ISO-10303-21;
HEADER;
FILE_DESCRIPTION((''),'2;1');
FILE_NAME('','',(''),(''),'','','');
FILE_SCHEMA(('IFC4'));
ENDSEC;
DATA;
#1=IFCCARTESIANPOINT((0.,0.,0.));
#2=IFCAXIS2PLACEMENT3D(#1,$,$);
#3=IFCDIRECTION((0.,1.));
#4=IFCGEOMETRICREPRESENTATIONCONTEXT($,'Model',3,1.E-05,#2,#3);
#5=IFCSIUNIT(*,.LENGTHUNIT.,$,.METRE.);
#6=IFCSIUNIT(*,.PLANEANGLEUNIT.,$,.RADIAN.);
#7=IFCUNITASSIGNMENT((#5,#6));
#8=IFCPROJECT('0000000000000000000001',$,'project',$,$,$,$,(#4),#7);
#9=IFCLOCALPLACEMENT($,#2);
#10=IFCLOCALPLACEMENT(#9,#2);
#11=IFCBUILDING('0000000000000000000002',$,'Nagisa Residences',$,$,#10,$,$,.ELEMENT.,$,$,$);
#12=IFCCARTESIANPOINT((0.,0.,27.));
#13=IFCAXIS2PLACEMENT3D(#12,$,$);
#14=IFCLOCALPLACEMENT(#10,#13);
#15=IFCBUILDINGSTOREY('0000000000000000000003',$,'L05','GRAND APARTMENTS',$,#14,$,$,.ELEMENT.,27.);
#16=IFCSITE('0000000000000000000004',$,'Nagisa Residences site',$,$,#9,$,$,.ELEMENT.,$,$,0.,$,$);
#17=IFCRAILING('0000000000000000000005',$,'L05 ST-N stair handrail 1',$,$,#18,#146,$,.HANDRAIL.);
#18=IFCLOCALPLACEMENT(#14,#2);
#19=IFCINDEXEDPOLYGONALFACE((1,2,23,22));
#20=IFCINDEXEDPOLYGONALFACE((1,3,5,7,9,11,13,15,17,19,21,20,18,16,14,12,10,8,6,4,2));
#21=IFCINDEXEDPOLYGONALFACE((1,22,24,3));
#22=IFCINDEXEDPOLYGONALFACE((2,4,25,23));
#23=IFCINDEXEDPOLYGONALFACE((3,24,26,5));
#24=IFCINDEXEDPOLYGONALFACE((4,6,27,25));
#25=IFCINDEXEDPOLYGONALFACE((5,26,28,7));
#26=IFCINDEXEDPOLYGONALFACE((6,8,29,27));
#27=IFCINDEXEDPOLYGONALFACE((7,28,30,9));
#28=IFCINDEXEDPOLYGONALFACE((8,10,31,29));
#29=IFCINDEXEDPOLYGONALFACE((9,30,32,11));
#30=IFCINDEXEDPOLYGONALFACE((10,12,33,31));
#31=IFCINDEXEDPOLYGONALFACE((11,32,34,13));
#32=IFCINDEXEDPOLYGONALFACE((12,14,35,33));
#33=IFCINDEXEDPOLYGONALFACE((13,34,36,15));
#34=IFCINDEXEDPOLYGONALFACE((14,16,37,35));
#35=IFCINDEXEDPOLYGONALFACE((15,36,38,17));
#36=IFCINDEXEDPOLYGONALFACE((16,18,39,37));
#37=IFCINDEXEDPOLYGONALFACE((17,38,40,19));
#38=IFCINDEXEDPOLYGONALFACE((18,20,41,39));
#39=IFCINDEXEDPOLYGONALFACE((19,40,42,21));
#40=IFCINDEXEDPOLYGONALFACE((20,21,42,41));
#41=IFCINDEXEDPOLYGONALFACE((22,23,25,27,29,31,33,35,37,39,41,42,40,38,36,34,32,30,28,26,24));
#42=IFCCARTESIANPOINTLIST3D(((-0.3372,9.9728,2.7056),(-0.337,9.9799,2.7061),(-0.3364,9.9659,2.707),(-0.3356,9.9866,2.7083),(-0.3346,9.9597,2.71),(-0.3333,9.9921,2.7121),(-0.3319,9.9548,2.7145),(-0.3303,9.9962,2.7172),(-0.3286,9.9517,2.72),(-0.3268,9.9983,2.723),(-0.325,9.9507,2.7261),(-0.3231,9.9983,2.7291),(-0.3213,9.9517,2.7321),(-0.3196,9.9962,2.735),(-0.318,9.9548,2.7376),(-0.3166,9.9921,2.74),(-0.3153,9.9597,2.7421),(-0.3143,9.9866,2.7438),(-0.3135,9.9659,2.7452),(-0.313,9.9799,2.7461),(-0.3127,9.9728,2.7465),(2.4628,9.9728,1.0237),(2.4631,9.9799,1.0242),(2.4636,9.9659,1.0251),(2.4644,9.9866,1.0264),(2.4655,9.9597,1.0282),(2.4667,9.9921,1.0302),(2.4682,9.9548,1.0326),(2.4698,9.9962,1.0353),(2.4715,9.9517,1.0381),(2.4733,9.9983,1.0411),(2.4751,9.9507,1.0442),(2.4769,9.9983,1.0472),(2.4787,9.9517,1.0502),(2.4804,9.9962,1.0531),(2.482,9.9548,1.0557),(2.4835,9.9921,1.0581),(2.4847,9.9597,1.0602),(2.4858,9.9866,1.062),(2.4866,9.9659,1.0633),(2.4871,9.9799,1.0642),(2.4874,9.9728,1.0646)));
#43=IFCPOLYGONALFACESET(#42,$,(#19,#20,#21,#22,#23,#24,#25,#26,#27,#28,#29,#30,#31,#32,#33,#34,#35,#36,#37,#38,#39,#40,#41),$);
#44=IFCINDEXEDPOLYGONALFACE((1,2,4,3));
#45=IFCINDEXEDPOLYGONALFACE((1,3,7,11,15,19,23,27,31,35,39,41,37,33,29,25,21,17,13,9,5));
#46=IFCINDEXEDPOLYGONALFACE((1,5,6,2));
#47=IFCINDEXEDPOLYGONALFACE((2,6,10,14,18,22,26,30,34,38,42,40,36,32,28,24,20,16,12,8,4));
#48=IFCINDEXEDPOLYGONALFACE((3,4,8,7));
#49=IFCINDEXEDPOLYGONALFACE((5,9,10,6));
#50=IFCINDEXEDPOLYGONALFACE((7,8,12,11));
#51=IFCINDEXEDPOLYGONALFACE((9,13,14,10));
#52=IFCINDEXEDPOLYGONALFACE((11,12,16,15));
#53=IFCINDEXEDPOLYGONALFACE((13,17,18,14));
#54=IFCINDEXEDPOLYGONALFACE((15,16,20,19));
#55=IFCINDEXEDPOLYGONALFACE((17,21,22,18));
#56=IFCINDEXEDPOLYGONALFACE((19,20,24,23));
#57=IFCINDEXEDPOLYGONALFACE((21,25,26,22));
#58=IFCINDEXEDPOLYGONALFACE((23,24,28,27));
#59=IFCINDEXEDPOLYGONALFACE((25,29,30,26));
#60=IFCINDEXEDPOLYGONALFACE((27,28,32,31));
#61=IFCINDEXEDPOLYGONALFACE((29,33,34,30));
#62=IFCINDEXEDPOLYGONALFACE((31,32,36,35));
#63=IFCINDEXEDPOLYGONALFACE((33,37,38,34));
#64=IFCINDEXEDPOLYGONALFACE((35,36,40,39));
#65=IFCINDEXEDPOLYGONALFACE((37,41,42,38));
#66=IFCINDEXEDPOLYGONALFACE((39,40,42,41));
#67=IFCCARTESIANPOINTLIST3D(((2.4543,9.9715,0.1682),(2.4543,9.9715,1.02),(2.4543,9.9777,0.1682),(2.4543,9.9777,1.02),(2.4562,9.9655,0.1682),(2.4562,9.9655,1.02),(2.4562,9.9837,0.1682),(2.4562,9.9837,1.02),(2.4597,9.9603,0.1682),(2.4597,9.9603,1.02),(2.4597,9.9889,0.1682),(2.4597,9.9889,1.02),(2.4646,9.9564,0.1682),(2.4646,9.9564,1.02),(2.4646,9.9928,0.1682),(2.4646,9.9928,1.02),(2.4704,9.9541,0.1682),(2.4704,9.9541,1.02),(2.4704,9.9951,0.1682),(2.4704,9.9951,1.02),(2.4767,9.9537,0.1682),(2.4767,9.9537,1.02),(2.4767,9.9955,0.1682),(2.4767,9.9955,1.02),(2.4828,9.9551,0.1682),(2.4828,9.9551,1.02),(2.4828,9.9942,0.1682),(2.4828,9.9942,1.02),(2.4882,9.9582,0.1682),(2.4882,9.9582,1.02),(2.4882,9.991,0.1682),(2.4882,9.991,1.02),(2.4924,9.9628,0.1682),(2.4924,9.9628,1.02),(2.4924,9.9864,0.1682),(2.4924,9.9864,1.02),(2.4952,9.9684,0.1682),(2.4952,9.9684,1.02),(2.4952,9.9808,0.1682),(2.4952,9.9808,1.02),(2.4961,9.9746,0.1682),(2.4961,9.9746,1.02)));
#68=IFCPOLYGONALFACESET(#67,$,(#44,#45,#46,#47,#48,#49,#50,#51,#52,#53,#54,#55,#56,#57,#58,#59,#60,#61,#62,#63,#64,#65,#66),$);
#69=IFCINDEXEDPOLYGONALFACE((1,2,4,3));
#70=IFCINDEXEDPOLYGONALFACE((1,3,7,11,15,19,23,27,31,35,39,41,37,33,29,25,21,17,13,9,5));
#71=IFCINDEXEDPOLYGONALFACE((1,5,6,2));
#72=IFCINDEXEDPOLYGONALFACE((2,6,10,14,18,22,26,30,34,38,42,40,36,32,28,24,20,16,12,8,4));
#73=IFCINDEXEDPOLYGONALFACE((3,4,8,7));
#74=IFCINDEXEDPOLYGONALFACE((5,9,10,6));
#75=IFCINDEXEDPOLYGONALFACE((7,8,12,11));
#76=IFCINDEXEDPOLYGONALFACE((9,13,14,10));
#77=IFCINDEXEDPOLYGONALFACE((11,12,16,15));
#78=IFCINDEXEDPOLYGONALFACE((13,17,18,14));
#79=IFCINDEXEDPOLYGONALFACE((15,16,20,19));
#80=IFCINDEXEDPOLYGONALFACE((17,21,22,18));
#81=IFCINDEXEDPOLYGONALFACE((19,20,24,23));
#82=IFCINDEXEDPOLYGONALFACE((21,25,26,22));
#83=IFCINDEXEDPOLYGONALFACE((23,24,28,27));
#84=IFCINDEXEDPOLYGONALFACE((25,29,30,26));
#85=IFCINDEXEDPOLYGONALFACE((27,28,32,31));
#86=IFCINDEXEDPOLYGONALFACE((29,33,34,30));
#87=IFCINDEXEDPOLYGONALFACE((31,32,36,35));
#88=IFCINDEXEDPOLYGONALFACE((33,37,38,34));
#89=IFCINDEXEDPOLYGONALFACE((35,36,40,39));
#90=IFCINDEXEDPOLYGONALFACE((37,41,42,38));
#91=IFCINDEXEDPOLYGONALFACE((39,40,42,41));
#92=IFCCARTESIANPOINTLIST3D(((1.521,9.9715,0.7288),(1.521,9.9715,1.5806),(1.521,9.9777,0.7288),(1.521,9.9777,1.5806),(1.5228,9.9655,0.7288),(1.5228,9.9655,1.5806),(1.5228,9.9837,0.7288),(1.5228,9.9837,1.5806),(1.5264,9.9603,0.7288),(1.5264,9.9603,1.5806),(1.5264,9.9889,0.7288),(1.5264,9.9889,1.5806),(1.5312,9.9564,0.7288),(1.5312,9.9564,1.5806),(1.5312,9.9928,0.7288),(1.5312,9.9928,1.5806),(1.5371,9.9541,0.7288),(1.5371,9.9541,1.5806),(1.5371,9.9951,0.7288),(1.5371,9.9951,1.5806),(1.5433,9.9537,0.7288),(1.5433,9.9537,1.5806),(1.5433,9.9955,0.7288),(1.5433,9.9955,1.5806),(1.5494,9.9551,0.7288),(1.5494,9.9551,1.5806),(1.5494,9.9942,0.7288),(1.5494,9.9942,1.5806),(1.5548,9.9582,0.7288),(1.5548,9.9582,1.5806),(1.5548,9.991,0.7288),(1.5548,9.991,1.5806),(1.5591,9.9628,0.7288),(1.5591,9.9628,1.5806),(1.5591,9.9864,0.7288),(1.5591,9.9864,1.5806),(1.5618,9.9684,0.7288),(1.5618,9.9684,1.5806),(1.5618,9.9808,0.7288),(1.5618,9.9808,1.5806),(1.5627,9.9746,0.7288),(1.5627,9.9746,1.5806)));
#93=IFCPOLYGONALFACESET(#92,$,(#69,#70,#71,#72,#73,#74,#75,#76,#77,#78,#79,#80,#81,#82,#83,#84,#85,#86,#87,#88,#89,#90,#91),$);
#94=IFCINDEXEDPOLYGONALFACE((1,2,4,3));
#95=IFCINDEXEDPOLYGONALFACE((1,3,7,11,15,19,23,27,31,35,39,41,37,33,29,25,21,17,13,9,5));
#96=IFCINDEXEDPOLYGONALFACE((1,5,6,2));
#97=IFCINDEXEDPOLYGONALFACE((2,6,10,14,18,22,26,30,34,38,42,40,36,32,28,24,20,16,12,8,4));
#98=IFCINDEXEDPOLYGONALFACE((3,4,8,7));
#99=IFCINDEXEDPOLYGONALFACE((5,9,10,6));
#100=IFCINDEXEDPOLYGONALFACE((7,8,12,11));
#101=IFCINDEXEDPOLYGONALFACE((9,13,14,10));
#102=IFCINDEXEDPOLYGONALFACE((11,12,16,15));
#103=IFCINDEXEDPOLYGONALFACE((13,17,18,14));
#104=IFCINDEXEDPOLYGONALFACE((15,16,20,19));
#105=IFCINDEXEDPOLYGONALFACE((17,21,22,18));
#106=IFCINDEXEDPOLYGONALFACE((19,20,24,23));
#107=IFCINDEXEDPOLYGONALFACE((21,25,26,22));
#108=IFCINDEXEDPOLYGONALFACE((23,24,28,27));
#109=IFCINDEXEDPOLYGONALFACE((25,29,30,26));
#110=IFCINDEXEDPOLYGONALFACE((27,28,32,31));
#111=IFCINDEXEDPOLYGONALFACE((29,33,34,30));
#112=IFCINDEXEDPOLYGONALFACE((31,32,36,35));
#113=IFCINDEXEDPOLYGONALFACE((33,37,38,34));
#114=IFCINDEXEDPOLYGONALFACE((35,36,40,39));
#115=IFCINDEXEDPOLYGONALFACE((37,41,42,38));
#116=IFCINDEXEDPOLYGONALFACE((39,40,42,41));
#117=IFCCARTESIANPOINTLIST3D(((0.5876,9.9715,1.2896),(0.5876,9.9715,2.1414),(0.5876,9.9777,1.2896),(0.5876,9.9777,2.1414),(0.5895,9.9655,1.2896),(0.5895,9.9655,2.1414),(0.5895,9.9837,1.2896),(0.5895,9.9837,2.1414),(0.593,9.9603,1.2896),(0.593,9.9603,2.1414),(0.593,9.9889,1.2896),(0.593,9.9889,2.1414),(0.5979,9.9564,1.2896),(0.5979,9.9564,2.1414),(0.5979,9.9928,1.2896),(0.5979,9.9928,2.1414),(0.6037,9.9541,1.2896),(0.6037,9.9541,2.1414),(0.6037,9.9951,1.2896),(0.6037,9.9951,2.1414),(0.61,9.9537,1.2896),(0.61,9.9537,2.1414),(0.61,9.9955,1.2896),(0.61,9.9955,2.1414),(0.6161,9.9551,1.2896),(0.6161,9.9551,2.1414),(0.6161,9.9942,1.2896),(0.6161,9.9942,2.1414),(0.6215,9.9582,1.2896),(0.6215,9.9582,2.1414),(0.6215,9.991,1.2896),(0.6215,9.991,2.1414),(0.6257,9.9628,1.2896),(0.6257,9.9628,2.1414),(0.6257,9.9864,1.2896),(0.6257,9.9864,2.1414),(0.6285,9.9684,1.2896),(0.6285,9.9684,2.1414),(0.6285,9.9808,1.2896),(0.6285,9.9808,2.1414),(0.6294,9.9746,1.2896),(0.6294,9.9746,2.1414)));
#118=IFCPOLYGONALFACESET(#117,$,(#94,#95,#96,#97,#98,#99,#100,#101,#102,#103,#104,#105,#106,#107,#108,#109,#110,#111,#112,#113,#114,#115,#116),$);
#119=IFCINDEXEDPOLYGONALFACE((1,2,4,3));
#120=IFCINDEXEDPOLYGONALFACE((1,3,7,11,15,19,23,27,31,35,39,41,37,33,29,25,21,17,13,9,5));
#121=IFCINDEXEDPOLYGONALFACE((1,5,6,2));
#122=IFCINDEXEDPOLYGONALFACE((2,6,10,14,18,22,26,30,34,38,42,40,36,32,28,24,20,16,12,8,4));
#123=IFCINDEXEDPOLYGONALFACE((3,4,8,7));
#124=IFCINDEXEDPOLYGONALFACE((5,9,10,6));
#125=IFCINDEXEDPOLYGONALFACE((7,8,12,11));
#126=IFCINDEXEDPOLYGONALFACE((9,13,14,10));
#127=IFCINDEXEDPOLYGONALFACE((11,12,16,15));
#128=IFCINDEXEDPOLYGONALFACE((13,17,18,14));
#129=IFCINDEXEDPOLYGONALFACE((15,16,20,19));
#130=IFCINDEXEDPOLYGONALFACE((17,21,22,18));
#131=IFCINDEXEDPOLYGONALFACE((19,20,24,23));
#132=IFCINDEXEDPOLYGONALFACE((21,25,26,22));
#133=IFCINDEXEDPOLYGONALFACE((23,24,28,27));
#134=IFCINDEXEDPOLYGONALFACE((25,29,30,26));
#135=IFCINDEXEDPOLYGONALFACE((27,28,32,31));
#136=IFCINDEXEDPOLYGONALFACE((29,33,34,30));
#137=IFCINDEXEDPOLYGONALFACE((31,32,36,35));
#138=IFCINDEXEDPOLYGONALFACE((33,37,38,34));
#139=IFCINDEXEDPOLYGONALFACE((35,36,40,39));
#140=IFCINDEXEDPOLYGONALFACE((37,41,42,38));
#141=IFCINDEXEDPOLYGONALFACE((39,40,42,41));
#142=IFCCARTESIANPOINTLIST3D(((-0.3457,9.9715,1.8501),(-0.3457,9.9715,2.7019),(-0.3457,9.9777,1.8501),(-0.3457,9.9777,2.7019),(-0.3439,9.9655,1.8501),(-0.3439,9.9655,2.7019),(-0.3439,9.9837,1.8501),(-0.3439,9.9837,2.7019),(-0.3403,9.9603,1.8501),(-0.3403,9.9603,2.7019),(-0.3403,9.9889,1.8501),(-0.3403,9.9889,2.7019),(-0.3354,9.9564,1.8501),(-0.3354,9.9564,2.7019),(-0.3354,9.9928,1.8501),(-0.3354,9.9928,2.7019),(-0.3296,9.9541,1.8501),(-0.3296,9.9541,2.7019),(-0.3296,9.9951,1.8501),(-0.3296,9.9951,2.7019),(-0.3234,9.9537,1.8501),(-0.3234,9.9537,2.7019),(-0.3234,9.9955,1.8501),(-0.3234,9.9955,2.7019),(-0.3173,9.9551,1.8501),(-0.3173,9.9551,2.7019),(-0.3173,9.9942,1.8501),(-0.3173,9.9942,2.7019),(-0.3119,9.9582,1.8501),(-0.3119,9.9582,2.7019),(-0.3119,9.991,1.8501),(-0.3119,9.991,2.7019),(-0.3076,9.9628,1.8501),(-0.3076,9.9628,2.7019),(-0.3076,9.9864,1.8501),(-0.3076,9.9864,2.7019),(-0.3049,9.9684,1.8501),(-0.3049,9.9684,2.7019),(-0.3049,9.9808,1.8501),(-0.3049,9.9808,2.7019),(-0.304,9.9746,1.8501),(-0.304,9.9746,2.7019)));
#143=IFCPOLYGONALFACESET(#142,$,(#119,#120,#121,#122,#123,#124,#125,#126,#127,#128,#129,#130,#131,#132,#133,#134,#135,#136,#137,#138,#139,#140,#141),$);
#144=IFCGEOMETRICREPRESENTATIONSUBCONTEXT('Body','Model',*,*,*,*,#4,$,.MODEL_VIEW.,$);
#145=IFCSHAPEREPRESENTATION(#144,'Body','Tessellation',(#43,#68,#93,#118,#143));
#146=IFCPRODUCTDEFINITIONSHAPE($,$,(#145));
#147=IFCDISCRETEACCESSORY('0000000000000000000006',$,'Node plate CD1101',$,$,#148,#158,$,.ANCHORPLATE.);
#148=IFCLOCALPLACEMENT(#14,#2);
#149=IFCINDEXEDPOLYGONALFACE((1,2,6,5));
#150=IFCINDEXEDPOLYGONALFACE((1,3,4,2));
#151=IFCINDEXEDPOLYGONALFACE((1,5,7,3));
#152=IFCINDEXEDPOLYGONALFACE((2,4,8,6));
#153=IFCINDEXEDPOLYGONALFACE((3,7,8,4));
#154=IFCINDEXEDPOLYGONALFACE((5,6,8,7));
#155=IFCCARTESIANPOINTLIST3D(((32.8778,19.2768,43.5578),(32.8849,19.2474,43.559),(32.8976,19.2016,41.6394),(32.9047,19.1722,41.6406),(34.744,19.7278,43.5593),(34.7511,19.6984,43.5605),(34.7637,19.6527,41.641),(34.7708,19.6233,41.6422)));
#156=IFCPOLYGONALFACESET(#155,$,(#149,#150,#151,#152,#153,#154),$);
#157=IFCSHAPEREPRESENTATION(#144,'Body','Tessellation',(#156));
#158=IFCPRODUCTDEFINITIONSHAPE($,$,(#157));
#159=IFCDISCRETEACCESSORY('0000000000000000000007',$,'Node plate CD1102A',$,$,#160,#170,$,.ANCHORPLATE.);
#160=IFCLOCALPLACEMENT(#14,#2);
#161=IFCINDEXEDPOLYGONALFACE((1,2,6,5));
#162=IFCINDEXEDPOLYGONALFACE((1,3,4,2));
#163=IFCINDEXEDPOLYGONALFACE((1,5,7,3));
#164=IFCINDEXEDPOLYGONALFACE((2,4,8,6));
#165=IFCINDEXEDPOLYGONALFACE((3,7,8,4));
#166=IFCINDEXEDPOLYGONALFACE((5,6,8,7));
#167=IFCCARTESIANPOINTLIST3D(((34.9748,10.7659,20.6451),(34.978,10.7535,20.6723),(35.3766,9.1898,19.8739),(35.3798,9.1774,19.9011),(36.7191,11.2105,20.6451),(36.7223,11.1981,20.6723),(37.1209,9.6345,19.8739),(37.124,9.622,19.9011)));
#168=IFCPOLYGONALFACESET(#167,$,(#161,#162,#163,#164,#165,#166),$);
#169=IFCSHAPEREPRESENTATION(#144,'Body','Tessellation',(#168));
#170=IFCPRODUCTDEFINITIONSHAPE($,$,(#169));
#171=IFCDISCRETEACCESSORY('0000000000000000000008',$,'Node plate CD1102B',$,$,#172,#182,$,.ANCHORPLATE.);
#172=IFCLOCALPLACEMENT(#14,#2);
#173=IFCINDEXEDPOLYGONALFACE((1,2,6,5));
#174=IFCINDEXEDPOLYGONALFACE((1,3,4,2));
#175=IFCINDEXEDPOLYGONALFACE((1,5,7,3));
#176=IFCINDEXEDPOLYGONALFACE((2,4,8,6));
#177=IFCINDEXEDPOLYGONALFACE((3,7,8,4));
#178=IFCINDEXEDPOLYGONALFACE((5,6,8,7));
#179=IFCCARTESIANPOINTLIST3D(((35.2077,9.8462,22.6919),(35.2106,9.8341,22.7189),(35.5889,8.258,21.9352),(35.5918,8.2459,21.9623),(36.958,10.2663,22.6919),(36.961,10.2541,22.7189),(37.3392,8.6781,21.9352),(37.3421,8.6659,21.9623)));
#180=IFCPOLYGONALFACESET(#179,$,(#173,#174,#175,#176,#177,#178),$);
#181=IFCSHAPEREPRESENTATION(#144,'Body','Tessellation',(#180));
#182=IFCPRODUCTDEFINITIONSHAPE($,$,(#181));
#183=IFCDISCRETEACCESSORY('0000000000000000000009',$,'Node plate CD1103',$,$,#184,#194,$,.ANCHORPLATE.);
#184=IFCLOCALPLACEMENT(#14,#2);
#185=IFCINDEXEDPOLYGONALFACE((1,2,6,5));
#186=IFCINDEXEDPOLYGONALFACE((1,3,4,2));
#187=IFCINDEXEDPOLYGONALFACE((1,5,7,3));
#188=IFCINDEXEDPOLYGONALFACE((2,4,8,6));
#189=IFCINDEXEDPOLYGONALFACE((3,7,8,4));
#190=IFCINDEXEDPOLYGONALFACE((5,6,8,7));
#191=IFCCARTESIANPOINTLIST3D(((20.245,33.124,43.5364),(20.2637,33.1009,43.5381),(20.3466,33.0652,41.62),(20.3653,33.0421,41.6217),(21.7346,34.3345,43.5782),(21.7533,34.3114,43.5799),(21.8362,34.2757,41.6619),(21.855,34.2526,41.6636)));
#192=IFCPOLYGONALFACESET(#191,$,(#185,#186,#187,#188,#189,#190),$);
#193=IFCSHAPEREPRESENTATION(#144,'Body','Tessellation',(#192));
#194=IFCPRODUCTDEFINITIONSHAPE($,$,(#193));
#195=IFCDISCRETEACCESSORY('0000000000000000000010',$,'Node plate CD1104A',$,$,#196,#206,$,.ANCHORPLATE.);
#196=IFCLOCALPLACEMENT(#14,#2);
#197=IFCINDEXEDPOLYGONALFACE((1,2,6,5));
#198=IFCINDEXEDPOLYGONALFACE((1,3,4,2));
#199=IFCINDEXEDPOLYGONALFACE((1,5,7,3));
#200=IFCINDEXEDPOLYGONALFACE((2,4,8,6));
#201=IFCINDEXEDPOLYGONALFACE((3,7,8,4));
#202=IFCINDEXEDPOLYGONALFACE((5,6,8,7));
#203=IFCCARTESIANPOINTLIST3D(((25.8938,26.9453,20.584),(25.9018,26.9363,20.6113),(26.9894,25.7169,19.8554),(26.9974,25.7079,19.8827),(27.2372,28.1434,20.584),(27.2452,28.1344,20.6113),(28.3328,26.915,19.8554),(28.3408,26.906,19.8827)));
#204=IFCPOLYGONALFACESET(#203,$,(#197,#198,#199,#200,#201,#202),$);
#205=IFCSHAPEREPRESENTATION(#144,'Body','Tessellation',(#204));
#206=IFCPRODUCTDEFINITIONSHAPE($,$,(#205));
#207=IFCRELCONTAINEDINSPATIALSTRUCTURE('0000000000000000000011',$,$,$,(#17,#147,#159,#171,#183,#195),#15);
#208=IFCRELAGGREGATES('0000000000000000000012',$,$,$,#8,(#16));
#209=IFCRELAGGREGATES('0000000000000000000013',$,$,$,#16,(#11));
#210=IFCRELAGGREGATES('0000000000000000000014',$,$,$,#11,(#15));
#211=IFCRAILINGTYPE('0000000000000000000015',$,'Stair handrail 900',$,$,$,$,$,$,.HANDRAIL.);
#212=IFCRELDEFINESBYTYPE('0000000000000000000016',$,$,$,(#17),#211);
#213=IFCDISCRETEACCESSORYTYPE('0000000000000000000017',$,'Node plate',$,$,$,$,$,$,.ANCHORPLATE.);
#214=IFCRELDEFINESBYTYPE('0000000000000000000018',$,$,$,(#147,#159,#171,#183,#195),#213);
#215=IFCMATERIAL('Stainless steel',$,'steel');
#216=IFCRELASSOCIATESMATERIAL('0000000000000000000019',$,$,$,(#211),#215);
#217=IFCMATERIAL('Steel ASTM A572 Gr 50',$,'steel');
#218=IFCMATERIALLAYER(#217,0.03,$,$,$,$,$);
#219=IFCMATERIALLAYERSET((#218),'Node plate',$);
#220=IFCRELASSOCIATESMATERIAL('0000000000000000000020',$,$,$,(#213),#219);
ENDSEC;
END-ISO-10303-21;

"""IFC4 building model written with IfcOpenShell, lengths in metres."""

from ifc_helpers import new_model, si_unit, direction, frame, origin, origin_2d, place, context, subcontext, project, spatial, rectangle, circle, extrude, material, layer, layer_set, type_object, element, save


model = new_model("IFC4")

# Units and contexts
model_context = context("Model", 3, precision=1e-05, world=origin(), true_north=direction((0.0, 1.0)))
body_context = subcontext(model_context, "Body", "Model", "MODEL_VIEW")
ifc_project = project(units=[si_unit("LENGTHUNIT", "METRE"), si_unit("PLANEANGLEUNIT", "RADIAN")], contexts=[model_context])

# Site, building, storey
site_placement = place(None, origin())
site = spatial("IfcSite", under=ifc_project, at=site_placement, Name="Nagisa Residences site", CompositionType="ELEMENT", RefElevation=0.0)
building_placement = place(site_placement, origin())
building = spatial("IfcBuilding", under=site, at=building_placement, Name="Nagisa Residences", CompositionType="ELEMENT")
storey_placement = place(building_placement, frame((0.0, 0.0, 27.0)))
storey = spatial("IfcBuildingStorey", under=building, at=storey_placement, Name="L05", Description="GRAND APARTMENTS", CompositionType="ELEMENT", Elevation=27.0)

# Railing
ifc_material_1 = material(Name="Stainless steel", Category="steel")
railing_type = type_object("IfcRailingType", Name="Stair handrail 900", PredefinedType="HANDRAIL", material=ifc_material_1)
railing_1_placement = place(storey_placement, frame((2.4751, 9.9746, 0.1682)))
element("IfcRailing", 1, at=railing_1_placement, inside=storey, type_object=railing_type, Name="L05 ST-N stair handrail 1", PredefinedType="HANDRAIL", context=body_context, shape_type="SweptSolid", body=[
    extrude(circle(Radius=0.0239, at=origin_2d()), frame((0.0, 0.0, 0.876), z_axis=(-0.857242, 0.0, 0.514913), x_axis=(0.0, -1.0, 0.0)), (0.0, 0.0, 1.0), 3.2664),
    extrude(circle(Radius=0.021, at=origin_2d()), origin(), (0.0, 0.0, 1.0), 0.8518),
    extrude(circle(Radius=0.021, at=origin_2d()), frame((-0.9333, 0.0, 0.5605)), (0.0, 0.0, 1.0), 0.8518),
    extrude(circle(Radius=0.021, at=origin_2d()), frame((-1.8667, 0.0, 1.1213)), (0.0, 0.0, 1.0), 0.8518),
    extrude(circle(Radius=0.021, at=origin_2d()), frame((-2.8, 0.0, 1.6819)), (0.0, 0.0, 1.0), 0.8518),
])

# Discrete accessories
ifc_material_2 = material(Name="Steel ASTM A572 Gr 50", Category="steel")
ifc_layer_1 = layer(ifc_material_2, 0.03)
ifc_layer_set_1 = layer_set([ifc_layer_1], Name="Node plate")
discrete_accessory_type = type_object("IfcDiscreteAccessoryType", Name="Node plate", PredefinedType="ANCHORPLATE", material=ifc_layer_set_1)
discrete_accessory_1_placement = place(storey_placement, frame((33.8279, 19.4353, 42.6006), z_axis=(-0.234712, 0.971222, -0.040468), x_axis=(0.010289, -0.039146, -0.999181)))
element("IfcDiscreteAccessory", 2, at=discrete_accessory_1_placement, inside=storey, type_object=discrete_accessory_type, Name="Node plate CD1101", PredefinedType="ANCHORPLATE", context=body_context, shape_type="SweptSolid", body=[
    extrude(rectangle(XDim=1.9199, YDim=1.9199, at=origin_2d()), origin(), (0.0, 0.0, 1.0), 0.0303),
])
discrete_accessory_2_placement = place(storey_placement, frame((36.0479, 10.2002, 20.2595), z_axis=(0.105824, -0.415156, 0.903575), x_axis=(0.969015, 0.247004, 0.0)))
element("IfcDiscreteAccessory", 3, at=discrete_accessory_2_placement, inside=storey, type_object=discrete_accessory_type, Name="Node plate CD1102A", PredefinedType="ANCHORPLATE", context=body_context, shape_type="SweptSolid", body=[
    extrude(rectangle(XDim=1.8, YDim=1.8, at=origin_2d()), origin(), (0.0, 0.0, 1.0), 0.03),
])
discrete_accessory_3_placement = place(storey_placement, frame((36.2764, 9.25, 22.3406), z_axis=(-0.098094, 0.408725, -0.90737), x_axis=(-0.972387, -0.233373, 0.0)))
element("IfcDiscreteAccessory", 4, at=discrete_accessory_3_placement, inside=storey, type_object=discrete_accessory_type, Name="Node plate CD1102B", PredefinedType="ANCHORPLATE", context=body_context, shape_type="SweptSolid", body=[
    extrude(rectangle(XDim=1.8, YDim=1.8, at=origin_2d()), origin(), (0.0, 0.0, 1.0), 0.0298),
])
discrete_accessory_4_placement = place(storey_placement, frame((21.0593, 33.6768, 42.6008), z_axis=(-0.62864, 0.775594, -0.057149), x_axis=(0.052936, -0.030641, -0.998128)))
element("IfcDiscreteAccessory", 5, at=discrete_accessory_4_placement, inside=storey, type_object=discrete_accessory_type, Name="Node plate CD1103", PredefinedType="ANCHORPLATE", context=body_context, shape_type="SweptSolid", body=[
    extrude(rectangle(XDim=1.9199, YDim=1.9199, at=origin_2d()), origin(), (0.0, 0.0, 1.0), 0.0298),
])
discrete_accessory_5_placement = place(storey_placement, frame((27.1133, 26.9302, 20.2197), z_axis=(0.269426, -0.302084, 0.914415), x_axis=(0.746295, 0.665615, 0.0)))
element("IfcDiscreteAccessory", 6, at=discrete_accessory_5_placement, inside=storey, type_object=discrete_accessory_type, Name="Node plate CD1104A", PredefinedType="ANCHORPLATE", context=body_context, shape_type="SweptSolid", body=[
    extrude(rectangle(XDim=1.8, YDim=1.8, at=origin_2d()), origin(), (0.0, 0.0, 1.0), 0.0298),
])

save(model, "model.ifc")
